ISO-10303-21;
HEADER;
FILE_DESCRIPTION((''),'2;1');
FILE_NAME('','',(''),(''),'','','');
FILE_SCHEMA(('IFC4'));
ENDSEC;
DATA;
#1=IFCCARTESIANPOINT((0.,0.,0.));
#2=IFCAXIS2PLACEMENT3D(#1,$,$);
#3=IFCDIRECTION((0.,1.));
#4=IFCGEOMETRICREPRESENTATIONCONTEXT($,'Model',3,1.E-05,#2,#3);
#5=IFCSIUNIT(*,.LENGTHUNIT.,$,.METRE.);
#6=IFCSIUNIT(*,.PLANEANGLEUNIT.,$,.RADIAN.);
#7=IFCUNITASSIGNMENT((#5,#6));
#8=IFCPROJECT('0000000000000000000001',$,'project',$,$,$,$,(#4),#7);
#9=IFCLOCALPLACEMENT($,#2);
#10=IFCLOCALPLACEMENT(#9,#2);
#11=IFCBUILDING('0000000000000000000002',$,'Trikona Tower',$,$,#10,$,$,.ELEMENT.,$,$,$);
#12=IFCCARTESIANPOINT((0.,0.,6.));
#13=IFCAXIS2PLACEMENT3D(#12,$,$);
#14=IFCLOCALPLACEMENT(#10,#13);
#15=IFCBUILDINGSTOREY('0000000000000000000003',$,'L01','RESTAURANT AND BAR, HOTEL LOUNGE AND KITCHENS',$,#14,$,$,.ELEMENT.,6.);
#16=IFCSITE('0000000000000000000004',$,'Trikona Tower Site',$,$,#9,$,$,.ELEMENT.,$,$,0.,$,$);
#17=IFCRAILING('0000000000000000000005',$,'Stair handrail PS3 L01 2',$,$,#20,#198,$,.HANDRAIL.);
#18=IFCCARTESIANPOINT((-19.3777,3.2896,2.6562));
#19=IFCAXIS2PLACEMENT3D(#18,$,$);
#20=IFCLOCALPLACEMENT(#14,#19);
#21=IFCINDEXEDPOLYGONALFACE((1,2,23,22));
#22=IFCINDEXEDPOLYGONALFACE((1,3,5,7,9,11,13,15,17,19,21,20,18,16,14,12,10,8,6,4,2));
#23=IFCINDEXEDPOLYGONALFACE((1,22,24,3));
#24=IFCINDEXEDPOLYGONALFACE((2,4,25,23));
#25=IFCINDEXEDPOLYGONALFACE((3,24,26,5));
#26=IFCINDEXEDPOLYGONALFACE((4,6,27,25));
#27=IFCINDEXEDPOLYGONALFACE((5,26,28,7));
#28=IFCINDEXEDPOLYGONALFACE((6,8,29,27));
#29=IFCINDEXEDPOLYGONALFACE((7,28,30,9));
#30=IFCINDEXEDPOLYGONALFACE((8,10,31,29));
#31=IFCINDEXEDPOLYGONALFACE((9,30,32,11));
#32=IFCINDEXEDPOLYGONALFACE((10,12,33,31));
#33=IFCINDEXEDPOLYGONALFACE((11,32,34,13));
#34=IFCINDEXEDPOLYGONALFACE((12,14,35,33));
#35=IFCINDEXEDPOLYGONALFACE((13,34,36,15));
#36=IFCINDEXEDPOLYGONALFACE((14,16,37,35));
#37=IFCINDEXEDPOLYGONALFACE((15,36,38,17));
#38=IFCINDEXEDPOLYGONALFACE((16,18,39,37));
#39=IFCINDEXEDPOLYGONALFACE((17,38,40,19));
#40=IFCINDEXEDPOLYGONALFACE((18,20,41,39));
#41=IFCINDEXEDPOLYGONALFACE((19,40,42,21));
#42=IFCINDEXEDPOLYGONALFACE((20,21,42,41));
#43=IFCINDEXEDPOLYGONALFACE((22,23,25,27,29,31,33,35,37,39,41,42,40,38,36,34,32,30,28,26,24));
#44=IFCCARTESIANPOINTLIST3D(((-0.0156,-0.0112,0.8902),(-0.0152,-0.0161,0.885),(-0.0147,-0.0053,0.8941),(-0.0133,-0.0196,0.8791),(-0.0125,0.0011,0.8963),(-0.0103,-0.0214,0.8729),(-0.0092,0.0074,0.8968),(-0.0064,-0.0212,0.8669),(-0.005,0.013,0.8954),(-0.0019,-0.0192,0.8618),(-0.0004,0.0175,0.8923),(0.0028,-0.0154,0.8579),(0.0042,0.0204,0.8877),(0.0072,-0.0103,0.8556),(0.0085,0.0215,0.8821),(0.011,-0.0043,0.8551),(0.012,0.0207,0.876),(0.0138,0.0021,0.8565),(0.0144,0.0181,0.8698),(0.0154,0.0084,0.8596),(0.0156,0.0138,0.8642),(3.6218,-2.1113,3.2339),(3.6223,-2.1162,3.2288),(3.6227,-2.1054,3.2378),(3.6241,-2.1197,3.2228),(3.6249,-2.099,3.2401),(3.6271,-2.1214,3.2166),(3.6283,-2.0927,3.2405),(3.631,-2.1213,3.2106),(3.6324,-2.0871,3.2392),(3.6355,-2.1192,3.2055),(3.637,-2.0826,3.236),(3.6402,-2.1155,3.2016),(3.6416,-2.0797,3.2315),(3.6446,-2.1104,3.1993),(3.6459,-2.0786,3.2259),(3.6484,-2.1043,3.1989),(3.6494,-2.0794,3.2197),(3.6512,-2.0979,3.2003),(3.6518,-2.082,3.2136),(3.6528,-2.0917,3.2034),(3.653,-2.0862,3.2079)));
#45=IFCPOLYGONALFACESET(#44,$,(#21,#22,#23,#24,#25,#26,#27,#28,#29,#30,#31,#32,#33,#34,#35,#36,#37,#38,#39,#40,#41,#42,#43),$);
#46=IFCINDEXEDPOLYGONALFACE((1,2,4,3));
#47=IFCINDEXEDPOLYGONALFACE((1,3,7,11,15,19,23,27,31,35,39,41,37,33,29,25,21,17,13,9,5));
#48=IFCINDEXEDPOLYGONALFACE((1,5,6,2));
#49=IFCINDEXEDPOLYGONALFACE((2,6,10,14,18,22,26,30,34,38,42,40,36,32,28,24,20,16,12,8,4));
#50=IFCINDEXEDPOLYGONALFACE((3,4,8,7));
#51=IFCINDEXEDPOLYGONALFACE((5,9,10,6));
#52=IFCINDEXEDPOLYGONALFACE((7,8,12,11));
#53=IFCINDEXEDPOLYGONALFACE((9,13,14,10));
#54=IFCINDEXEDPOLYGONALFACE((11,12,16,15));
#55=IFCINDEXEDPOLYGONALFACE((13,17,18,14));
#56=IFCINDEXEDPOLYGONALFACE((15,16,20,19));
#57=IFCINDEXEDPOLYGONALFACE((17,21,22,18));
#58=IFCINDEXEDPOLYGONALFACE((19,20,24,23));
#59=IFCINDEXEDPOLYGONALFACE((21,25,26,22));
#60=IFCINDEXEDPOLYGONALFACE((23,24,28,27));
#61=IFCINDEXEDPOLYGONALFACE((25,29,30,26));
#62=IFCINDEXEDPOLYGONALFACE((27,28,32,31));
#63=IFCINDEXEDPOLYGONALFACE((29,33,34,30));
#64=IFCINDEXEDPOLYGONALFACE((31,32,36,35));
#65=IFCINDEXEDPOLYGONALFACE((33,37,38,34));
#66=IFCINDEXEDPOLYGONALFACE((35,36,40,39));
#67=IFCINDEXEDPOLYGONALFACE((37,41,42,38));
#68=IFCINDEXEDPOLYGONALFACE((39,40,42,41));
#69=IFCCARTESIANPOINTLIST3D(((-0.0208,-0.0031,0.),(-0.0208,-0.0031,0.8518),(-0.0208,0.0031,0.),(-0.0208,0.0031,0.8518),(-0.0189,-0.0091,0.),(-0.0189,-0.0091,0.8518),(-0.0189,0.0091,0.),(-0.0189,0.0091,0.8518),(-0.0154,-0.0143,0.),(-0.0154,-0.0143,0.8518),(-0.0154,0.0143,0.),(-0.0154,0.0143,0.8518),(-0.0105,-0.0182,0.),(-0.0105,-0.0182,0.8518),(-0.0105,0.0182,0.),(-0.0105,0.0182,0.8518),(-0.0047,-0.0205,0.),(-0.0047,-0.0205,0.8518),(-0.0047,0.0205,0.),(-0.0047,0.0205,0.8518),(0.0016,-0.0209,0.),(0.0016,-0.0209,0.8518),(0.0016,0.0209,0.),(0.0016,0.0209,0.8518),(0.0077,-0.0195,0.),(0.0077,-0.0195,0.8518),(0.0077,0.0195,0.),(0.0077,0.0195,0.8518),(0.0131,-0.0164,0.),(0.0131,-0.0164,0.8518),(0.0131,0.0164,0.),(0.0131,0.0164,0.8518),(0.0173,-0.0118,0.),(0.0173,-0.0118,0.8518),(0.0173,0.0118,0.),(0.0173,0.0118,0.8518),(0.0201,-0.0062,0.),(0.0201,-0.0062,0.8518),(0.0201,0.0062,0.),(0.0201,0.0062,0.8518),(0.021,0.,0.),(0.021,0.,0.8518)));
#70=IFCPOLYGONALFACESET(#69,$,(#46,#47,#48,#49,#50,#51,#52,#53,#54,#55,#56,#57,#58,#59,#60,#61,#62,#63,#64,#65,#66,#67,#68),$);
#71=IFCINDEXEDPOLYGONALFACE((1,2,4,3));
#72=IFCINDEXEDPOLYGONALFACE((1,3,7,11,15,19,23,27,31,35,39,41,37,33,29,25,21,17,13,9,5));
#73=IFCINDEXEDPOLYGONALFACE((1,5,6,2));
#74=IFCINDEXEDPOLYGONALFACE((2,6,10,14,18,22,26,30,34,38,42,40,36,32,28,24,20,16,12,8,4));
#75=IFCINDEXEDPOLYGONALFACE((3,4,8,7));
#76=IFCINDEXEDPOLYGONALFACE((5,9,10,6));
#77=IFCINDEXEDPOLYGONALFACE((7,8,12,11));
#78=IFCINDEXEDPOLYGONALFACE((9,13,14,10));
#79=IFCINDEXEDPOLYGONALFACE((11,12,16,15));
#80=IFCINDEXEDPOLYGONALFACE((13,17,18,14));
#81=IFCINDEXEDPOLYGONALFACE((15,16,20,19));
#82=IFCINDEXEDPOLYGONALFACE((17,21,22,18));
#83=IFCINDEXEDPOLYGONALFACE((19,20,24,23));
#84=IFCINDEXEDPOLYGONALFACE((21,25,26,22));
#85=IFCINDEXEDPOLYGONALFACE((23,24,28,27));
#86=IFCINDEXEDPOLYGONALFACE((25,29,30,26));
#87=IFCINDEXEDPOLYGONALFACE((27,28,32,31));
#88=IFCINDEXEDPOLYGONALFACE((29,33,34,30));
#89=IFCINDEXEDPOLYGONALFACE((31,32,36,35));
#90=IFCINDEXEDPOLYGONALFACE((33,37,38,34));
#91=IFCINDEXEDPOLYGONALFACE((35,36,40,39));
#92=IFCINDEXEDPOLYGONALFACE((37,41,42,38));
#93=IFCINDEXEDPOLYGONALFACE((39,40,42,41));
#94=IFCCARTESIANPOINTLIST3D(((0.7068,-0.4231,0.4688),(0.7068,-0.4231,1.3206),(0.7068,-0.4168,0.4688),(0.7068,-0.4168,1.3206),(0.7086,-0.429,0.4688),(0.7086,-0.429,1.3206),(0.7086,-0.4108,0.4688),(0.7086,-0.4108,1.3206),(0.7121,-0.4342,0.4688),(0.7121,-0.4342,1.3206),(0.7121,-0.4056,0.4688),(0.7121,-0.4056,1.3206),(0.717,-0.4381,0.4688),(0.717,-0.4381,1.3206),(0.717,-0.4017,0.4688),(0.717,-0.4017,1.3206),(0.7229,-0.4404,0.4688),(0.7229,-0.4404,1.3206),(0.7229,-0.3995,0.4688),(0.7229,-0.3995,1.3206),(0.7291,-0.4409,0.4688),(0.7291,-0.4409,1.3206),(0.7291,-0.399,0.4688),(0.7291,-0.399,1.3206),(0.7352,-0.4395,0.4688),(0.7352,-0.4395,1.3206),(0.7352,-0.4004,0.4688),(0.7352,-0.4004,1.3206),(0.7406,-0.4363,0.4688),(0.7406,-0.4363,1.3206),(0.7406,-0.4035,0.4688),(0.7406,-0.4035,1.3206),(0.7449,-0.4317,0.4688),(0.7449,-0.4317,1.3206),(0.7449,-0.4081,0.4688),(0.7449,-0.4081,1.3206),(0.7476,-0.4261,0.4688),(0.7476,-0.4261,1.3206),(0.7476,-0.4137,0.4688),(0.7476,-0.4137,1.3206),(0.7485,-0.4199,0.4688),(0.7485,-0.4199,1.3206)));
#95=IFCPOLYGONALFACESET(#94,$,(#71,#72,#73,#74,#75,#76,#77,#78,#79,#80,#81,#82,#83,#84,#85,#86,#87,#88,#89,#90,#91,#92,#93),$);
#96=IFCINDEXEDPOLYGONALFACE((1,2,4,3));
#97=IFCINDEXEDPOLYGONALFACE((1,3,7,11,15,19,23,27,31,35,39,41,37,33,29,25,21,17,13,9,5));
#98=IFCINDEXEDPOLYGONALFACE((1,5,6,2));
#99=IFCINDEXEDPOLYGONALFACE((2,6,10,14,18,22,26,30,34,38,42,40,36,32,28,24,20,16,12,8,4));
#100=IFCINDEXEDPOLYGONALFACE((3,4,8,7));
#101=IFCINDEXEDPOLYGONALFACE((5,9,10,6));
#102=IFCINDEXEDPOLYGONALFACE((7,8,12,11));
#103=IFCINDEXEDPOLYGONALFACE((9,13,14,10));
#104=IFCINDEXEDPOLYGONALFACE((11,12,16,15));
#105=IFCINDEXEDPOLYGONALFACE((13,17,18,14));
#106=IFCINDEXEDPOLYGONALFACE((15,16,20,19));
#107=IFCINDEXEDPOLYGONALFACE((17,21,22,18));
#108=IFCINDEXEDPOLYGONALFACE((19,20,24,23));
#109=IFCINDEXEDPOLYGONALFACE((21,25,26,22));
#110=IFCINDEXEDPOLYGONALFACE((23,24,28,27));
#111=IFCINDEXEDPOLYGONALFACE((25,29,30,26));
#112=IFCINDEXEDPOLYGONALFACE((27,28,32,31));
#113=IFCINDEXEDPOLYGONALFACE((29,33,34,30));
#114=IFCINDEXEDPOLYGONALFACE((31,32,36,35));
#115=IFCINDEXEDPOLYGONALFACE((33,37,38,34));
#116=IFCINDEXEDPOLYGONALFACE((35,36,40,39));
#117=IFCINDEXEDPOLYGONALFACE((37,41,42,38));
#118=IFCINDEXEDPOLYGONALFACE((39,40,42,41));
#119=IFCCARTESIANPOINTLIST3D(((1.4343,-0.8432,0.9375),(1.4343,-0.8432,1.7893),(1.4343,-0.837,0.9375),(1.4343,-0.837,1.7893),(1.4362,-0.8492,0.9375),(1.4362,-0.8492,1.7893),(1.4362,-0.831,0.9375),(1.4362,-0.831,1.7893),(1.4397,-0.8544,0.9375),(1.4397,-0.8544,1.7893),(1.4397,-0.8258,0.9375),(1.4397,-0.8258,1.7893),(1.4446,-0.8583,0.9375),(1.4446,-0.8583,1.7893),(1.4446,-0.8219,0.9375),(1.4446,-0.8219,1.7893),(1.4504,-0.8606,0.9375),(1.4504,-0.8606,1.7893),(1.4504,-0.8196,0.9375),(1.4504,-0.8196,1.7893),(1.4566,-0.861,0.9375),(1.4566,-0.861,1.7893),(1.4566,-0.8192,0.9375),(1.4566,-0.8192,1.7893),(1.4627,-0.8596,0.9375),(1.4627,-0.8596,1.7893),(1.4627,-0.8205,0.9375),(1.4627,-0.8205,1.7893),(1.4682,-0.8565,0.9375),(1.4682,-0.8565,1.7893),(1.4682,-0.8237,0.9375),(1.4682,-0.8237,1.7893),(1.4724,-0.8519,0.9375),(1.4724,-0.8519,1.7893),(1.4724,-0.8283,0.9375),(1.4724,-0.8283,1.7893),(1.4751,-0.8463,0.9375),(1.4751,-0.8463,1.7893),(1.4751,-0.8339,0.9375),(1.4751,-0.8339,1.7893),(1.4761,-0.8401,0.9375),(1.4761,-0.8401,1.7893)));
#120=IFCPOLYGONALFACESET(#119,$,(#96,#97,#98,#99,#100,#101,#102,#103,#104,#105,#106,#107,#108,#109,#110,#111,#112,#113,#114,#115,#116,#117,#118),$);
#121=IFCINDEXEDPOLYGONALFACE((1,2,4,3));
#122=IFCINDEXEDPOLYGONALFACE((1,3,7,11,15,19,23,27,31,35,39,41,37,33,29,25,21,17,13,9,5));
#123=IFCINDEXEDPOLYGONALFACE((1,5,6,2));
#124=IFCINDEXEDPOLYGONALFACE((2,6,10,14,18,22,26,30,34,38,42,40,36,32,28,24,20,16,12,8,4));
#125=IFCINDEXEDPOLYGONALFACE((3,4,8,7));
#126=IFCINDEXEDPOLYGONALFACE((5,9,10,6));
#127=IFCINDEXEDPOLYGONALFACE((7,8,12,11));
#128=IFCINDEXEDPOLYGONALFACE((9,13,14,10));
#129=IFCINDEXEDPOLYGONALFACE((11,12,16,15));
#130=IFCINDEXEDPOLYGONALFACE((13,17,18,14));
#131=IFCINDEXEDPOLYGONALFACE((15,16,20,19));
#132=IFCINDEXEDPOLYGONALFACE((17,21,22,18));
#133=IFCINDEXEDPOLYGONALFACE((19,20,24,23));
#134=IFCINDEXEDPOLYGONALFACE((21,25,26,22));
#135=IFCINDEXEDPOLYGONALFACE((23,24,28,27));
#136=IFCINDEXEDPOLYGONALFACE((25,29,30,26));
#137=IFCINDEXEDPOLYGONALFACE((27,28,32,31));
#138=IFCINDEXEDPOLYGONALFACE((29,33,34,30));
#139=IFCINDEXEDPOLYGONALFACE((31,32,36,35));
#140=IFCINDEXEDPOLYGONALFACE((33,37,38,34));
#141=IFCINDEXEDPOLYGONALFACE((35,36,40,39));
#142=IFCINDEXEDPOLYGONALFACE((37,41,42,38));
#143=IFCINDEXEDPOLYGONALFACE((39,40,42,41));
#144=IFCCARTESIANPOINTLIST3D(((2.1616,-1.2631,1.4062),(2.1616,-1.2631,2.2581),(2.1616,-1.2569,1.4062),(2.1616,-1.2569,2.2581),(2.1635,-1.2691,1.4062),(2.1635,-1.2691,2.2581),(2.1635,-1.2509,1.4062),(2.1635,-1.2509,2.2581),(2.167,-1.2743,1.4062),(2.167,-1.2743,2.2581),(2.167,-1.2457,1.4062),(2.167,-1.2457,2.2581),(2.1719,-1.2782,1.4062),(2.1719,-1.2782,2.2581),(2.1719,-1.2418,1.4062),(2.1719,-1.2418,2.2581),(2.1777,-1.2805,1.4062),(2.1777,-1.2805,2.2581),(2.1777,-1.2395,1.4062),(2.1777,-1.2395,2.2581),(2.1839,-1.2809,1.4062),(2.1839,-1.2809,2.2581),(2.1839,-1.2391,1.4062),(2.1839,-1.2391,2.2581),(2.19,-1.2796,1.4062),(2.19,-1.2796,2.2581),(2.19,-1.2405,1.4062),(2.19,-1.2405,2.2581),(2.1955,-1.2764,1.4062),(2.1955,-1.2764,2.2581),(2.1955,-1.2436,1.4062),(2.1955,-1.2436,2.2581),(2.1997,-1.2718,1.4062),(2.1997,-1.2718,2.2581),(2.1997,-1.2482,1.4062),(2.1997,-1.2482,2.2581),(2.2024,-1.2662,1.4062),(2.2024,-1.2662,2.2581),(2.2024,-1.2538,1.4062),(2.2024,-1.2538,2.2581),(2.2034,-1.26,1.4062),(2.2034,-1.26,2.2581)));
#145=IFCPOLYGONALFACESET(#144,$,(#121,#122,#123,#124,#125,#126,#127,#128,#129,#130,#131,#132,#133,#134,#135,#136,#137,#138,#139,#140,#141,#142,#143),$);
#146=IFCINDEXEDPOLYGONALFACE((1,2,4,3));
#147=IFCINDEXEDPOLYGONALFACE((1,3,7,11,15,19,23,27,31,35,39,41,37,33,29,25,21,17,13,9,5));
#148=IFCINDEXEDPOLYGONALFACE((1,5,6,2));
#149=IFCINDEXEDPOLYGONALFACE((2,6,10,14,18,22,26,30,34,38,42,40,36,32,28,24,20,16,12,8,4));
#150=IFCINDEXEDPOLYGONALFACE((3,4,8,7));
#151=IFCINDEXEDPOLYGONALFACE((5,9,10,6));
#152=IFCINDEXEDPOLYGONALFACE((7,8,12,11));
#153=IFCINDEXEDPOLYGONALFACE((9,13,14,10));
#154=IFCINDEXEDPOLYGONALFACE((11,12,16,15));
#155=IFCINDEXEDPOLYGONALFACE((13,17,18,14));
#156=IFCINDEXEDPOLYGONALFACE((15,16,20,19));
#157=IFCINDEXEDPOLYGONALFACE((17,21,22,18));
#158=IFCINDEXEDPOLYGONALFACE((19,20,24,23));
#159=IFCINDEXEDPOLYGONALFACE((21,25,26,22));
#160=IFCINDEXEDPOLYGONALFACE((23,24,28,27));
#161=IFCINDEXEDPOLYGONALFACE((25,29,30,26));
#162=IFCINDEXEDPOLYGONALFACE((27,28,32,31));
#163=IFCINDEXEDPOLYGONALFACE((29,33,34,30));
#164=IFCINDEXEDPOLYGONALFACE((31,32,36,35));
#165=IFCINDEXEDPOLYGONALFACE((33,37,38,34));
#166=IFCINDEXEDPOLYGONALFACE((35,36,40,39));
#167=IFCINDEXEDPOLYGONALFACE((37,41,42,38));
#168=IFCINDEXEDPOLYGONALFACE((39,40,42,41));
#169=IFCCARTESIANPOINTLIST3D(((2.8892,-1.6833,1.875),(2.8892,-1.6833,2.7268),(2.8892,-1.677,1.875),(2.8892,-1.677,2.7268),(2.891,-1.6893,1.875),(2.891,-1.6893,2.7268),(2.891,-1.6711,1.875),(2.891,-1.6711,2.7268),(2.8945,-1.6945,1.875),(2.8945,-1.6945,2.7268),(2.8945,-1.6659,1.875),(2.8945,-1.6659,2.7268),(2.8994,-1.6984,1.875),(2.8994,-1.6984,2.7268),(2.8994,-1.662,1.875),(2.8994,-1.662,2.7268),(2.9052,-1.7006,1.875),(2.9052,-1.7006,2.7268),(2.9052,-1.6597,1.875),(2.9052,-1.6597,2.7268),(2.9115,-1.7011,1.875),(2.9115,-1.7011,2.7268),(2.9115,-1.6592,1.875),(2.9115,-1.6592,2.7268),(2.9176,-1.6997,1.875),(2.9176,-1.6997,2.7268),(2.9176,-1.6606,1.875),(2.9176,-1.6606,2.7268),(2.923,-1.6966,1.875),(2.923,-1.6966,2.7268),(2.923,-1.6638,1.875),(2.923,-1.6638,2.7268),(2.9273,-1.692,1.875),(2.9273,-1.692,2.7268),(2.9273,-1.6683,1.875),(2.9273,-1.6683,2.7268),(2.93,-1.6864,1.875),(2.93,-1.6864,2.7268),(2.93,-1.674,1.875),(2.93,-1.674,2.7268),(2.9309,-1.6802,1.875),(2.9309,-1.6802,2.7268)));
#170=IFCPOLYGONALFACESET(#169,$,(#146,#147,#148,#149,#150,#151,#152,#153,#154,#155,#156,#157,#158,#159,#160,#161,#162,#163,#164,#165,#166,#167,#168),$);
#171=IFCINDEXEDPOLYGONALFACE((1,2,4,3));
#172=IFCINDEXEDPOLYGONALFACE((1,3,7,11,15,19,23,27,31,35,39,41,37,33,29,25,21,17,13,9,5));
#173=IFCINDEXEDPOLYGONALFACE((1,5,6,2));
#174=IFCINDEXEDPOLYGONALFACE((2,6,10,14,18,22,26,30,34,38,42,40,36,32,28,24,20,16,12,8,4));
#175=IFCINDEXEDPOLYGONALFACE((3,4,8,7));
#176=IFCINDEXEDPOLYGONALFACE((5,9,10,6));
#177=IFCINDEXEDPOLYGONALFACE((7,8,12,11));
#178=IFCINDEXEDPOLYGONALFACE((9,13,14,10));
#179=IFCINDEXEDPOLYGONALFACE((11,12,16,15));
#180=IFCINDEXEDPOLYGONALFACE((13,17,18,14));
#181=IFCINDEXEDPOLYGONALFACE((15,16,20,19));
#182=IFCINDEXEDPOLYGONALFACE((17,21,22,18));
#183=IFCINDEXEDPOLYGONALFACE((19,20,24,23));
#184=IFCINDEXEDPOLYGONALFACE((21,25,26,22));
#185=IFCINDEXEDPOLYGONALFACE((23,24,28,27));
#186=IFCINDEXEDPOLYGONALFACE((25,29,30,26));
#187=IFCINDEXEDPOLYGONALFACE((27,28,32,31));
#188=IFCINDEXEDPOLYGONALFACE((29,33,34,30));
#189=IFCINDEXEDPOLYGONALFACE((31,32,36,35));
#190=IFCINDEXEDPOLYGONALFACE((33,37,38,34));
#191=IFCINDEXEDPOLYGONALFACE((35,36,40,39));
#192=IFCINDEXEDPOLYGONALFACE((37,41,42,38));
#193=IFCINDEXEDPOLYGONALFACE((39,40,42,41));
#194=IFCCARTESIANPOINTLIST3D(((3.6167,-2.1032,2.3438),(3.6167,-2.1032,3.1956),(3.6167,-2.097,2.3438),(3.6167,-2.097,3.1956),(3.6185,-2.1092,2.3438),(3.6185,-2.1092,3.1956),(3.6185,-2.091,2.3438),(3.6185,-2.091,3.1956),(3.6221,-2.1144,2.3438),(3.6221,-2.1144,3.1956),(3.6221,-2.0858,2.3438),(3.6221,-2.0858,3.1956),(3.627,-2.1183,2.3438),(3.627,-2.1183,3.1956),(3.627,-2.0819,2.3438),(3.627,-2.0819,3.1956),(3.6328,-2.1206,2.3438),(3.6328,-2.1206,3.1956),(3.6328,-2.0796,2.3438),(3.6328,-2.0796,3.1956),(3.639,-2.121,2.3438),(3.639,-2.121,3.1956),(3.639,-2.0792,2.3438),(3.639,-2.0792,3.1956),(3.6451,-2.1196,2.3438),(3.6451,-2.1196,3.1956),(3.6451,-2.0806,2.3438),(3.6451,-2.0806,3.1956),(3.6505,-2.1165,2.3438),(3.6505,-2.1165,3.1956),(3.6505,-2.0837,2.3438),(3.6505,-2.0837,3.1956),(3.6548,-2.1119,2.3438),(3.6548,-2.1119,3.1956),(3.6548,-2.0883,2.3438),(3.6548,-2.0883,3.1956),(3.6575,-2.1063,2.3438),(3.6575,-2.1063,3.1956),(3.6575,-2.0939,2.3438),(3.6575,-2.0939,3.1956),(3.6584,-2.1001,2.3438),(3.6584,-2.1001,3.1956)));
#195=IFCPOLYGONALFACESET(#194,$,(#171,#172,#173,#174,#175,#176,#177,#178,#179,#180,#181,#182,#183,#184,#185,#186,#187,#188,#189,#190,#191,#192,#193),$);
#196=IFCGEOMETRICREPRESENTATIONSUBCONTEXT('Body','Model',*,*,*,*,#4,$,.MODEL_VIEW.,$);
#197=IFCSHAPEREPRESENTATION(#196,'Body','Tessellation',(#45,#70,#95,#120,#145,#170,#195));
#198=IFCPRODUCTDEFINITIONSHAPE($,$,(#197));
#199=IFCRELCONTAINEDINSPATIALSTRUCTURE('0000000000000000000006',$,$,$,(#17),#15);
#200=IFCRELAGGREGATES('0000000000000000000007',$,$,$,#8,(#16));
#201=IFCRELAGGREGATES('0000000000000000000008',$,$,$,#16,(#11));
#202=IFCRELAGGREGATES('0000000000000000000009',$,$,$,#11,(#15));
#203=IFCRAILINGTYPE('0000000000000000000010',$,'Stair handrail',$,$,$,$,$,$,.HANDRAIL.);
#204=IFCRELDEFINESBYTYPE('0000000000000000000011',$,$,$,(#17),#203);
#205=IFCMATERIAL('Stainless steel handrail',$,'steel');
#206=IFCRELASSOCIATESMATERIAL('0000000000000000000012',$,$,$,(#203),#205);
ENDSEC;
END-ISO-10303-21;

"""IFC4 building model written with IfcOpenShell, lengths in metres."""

from ifc_helpers import new_model, si_unit, direction, frame, origin, origin_2d, place, context, subcontext, project, spatial, circle, extrude, material, type_object, element, save


model = new_model("IFC4")

# Units and contexts
model_context = context("Model", 3, precision=1e-05, world=origin(), true_north=direction((0.0, 1.0)))
body_context = subcontext(model_context, "Body", "Model", "MODEL_VIEW")
ifc_project = project(units=[si_unit("LENGTHUNIT", "METRE"), si_unit("PLANEANGLEUNIT", "RADIAN")], contexts=[model_context])

# Site, building, storey
site_placement = place(None, origin())
site = spatial("IfcSite", under=ifc_project, at=site_placement, Name="Trikona Tower Site", CompositionType="ELEMENT", RefElevation=0.0)
building_placement = place(site_placement, origin())
building = spatial("IfcBuilding", under=site, at=building_placement, Name="Trikona Tower", CompositionType="ELEMENT")
storey_placement = place(building_placement, frame((0.0, 0.0, 6.0)))
storey = spatial("IfcBuildingStorey", under=building, at=storey_placement, Name="L01", Description="RESTAURANT AND BAR, HOTEL LOUNGE AND KITCHENS", CompositionType="ELEMENT", Elevation=6.0)

# Railing
ifc_material_1 = material(Name="Stainless steel handrail", Category="steel")
railing_type = type_object("IfcRailingType", Name="Stair handrail", PredefinedType="HANDRAIL", material=ifc_material_1)
railing_placement = place(storey_placement, frame((-19.3777, 3.2896, 2.6562)))
element("IfcRailing", 1, at=railing_placement, inside=storey, type_object=railing_type, Name="Stair handrail PS3 L01 2", PredefinedType="HANDRAIL", context=body_context, shape_type="SweptSolid", body=[
    extrude(circle(Radius=0.0239, at=origin_2d()), frame((0.0, 0.0, 0.876), z_axis=(0.756251, -0.436625, 0.487282), x_axis=(0.500003, 0.866024, 0.0)), (0.0, 0.0, 1.0), 4.8098),
    extrude(circle(Radius=0.021, at=origin_2d()), origin(), (0.0, 0.0, 1.0), 0.8518),
    extrude(circle(Radius=0.021, at=origin_2d()), frame((0.7275, -0.4199, 0.4688)), (0.0, 0.0, 1.0), 0.8518),
    extrude(circle(Radius=0.021, at=origin_2d()), frame((1.4551, -0.8401, 0.9375)), (0.0, 0.0, 1.0), 0.8518),
    extrude(circle(Radius=0.021, at=origin_2d()), frame((2.1824, -1.26, 1.4062)), (0.0, 0.0, 1.0), 0.8518),
    extrude(circle(Radius=0.021, at=origin_2d()), frame((2.9099, -1.6802, 1.875)), (0.0, 0.0, 1.0), 0.8518),
    extrude(circle(Radius=0.021, at=origin_2d()), frame((3.6375, -2.1001, 2.3438)), (0.0, 0.0, 1.0), 0.8518),
])

save(model, "model.ifc")
